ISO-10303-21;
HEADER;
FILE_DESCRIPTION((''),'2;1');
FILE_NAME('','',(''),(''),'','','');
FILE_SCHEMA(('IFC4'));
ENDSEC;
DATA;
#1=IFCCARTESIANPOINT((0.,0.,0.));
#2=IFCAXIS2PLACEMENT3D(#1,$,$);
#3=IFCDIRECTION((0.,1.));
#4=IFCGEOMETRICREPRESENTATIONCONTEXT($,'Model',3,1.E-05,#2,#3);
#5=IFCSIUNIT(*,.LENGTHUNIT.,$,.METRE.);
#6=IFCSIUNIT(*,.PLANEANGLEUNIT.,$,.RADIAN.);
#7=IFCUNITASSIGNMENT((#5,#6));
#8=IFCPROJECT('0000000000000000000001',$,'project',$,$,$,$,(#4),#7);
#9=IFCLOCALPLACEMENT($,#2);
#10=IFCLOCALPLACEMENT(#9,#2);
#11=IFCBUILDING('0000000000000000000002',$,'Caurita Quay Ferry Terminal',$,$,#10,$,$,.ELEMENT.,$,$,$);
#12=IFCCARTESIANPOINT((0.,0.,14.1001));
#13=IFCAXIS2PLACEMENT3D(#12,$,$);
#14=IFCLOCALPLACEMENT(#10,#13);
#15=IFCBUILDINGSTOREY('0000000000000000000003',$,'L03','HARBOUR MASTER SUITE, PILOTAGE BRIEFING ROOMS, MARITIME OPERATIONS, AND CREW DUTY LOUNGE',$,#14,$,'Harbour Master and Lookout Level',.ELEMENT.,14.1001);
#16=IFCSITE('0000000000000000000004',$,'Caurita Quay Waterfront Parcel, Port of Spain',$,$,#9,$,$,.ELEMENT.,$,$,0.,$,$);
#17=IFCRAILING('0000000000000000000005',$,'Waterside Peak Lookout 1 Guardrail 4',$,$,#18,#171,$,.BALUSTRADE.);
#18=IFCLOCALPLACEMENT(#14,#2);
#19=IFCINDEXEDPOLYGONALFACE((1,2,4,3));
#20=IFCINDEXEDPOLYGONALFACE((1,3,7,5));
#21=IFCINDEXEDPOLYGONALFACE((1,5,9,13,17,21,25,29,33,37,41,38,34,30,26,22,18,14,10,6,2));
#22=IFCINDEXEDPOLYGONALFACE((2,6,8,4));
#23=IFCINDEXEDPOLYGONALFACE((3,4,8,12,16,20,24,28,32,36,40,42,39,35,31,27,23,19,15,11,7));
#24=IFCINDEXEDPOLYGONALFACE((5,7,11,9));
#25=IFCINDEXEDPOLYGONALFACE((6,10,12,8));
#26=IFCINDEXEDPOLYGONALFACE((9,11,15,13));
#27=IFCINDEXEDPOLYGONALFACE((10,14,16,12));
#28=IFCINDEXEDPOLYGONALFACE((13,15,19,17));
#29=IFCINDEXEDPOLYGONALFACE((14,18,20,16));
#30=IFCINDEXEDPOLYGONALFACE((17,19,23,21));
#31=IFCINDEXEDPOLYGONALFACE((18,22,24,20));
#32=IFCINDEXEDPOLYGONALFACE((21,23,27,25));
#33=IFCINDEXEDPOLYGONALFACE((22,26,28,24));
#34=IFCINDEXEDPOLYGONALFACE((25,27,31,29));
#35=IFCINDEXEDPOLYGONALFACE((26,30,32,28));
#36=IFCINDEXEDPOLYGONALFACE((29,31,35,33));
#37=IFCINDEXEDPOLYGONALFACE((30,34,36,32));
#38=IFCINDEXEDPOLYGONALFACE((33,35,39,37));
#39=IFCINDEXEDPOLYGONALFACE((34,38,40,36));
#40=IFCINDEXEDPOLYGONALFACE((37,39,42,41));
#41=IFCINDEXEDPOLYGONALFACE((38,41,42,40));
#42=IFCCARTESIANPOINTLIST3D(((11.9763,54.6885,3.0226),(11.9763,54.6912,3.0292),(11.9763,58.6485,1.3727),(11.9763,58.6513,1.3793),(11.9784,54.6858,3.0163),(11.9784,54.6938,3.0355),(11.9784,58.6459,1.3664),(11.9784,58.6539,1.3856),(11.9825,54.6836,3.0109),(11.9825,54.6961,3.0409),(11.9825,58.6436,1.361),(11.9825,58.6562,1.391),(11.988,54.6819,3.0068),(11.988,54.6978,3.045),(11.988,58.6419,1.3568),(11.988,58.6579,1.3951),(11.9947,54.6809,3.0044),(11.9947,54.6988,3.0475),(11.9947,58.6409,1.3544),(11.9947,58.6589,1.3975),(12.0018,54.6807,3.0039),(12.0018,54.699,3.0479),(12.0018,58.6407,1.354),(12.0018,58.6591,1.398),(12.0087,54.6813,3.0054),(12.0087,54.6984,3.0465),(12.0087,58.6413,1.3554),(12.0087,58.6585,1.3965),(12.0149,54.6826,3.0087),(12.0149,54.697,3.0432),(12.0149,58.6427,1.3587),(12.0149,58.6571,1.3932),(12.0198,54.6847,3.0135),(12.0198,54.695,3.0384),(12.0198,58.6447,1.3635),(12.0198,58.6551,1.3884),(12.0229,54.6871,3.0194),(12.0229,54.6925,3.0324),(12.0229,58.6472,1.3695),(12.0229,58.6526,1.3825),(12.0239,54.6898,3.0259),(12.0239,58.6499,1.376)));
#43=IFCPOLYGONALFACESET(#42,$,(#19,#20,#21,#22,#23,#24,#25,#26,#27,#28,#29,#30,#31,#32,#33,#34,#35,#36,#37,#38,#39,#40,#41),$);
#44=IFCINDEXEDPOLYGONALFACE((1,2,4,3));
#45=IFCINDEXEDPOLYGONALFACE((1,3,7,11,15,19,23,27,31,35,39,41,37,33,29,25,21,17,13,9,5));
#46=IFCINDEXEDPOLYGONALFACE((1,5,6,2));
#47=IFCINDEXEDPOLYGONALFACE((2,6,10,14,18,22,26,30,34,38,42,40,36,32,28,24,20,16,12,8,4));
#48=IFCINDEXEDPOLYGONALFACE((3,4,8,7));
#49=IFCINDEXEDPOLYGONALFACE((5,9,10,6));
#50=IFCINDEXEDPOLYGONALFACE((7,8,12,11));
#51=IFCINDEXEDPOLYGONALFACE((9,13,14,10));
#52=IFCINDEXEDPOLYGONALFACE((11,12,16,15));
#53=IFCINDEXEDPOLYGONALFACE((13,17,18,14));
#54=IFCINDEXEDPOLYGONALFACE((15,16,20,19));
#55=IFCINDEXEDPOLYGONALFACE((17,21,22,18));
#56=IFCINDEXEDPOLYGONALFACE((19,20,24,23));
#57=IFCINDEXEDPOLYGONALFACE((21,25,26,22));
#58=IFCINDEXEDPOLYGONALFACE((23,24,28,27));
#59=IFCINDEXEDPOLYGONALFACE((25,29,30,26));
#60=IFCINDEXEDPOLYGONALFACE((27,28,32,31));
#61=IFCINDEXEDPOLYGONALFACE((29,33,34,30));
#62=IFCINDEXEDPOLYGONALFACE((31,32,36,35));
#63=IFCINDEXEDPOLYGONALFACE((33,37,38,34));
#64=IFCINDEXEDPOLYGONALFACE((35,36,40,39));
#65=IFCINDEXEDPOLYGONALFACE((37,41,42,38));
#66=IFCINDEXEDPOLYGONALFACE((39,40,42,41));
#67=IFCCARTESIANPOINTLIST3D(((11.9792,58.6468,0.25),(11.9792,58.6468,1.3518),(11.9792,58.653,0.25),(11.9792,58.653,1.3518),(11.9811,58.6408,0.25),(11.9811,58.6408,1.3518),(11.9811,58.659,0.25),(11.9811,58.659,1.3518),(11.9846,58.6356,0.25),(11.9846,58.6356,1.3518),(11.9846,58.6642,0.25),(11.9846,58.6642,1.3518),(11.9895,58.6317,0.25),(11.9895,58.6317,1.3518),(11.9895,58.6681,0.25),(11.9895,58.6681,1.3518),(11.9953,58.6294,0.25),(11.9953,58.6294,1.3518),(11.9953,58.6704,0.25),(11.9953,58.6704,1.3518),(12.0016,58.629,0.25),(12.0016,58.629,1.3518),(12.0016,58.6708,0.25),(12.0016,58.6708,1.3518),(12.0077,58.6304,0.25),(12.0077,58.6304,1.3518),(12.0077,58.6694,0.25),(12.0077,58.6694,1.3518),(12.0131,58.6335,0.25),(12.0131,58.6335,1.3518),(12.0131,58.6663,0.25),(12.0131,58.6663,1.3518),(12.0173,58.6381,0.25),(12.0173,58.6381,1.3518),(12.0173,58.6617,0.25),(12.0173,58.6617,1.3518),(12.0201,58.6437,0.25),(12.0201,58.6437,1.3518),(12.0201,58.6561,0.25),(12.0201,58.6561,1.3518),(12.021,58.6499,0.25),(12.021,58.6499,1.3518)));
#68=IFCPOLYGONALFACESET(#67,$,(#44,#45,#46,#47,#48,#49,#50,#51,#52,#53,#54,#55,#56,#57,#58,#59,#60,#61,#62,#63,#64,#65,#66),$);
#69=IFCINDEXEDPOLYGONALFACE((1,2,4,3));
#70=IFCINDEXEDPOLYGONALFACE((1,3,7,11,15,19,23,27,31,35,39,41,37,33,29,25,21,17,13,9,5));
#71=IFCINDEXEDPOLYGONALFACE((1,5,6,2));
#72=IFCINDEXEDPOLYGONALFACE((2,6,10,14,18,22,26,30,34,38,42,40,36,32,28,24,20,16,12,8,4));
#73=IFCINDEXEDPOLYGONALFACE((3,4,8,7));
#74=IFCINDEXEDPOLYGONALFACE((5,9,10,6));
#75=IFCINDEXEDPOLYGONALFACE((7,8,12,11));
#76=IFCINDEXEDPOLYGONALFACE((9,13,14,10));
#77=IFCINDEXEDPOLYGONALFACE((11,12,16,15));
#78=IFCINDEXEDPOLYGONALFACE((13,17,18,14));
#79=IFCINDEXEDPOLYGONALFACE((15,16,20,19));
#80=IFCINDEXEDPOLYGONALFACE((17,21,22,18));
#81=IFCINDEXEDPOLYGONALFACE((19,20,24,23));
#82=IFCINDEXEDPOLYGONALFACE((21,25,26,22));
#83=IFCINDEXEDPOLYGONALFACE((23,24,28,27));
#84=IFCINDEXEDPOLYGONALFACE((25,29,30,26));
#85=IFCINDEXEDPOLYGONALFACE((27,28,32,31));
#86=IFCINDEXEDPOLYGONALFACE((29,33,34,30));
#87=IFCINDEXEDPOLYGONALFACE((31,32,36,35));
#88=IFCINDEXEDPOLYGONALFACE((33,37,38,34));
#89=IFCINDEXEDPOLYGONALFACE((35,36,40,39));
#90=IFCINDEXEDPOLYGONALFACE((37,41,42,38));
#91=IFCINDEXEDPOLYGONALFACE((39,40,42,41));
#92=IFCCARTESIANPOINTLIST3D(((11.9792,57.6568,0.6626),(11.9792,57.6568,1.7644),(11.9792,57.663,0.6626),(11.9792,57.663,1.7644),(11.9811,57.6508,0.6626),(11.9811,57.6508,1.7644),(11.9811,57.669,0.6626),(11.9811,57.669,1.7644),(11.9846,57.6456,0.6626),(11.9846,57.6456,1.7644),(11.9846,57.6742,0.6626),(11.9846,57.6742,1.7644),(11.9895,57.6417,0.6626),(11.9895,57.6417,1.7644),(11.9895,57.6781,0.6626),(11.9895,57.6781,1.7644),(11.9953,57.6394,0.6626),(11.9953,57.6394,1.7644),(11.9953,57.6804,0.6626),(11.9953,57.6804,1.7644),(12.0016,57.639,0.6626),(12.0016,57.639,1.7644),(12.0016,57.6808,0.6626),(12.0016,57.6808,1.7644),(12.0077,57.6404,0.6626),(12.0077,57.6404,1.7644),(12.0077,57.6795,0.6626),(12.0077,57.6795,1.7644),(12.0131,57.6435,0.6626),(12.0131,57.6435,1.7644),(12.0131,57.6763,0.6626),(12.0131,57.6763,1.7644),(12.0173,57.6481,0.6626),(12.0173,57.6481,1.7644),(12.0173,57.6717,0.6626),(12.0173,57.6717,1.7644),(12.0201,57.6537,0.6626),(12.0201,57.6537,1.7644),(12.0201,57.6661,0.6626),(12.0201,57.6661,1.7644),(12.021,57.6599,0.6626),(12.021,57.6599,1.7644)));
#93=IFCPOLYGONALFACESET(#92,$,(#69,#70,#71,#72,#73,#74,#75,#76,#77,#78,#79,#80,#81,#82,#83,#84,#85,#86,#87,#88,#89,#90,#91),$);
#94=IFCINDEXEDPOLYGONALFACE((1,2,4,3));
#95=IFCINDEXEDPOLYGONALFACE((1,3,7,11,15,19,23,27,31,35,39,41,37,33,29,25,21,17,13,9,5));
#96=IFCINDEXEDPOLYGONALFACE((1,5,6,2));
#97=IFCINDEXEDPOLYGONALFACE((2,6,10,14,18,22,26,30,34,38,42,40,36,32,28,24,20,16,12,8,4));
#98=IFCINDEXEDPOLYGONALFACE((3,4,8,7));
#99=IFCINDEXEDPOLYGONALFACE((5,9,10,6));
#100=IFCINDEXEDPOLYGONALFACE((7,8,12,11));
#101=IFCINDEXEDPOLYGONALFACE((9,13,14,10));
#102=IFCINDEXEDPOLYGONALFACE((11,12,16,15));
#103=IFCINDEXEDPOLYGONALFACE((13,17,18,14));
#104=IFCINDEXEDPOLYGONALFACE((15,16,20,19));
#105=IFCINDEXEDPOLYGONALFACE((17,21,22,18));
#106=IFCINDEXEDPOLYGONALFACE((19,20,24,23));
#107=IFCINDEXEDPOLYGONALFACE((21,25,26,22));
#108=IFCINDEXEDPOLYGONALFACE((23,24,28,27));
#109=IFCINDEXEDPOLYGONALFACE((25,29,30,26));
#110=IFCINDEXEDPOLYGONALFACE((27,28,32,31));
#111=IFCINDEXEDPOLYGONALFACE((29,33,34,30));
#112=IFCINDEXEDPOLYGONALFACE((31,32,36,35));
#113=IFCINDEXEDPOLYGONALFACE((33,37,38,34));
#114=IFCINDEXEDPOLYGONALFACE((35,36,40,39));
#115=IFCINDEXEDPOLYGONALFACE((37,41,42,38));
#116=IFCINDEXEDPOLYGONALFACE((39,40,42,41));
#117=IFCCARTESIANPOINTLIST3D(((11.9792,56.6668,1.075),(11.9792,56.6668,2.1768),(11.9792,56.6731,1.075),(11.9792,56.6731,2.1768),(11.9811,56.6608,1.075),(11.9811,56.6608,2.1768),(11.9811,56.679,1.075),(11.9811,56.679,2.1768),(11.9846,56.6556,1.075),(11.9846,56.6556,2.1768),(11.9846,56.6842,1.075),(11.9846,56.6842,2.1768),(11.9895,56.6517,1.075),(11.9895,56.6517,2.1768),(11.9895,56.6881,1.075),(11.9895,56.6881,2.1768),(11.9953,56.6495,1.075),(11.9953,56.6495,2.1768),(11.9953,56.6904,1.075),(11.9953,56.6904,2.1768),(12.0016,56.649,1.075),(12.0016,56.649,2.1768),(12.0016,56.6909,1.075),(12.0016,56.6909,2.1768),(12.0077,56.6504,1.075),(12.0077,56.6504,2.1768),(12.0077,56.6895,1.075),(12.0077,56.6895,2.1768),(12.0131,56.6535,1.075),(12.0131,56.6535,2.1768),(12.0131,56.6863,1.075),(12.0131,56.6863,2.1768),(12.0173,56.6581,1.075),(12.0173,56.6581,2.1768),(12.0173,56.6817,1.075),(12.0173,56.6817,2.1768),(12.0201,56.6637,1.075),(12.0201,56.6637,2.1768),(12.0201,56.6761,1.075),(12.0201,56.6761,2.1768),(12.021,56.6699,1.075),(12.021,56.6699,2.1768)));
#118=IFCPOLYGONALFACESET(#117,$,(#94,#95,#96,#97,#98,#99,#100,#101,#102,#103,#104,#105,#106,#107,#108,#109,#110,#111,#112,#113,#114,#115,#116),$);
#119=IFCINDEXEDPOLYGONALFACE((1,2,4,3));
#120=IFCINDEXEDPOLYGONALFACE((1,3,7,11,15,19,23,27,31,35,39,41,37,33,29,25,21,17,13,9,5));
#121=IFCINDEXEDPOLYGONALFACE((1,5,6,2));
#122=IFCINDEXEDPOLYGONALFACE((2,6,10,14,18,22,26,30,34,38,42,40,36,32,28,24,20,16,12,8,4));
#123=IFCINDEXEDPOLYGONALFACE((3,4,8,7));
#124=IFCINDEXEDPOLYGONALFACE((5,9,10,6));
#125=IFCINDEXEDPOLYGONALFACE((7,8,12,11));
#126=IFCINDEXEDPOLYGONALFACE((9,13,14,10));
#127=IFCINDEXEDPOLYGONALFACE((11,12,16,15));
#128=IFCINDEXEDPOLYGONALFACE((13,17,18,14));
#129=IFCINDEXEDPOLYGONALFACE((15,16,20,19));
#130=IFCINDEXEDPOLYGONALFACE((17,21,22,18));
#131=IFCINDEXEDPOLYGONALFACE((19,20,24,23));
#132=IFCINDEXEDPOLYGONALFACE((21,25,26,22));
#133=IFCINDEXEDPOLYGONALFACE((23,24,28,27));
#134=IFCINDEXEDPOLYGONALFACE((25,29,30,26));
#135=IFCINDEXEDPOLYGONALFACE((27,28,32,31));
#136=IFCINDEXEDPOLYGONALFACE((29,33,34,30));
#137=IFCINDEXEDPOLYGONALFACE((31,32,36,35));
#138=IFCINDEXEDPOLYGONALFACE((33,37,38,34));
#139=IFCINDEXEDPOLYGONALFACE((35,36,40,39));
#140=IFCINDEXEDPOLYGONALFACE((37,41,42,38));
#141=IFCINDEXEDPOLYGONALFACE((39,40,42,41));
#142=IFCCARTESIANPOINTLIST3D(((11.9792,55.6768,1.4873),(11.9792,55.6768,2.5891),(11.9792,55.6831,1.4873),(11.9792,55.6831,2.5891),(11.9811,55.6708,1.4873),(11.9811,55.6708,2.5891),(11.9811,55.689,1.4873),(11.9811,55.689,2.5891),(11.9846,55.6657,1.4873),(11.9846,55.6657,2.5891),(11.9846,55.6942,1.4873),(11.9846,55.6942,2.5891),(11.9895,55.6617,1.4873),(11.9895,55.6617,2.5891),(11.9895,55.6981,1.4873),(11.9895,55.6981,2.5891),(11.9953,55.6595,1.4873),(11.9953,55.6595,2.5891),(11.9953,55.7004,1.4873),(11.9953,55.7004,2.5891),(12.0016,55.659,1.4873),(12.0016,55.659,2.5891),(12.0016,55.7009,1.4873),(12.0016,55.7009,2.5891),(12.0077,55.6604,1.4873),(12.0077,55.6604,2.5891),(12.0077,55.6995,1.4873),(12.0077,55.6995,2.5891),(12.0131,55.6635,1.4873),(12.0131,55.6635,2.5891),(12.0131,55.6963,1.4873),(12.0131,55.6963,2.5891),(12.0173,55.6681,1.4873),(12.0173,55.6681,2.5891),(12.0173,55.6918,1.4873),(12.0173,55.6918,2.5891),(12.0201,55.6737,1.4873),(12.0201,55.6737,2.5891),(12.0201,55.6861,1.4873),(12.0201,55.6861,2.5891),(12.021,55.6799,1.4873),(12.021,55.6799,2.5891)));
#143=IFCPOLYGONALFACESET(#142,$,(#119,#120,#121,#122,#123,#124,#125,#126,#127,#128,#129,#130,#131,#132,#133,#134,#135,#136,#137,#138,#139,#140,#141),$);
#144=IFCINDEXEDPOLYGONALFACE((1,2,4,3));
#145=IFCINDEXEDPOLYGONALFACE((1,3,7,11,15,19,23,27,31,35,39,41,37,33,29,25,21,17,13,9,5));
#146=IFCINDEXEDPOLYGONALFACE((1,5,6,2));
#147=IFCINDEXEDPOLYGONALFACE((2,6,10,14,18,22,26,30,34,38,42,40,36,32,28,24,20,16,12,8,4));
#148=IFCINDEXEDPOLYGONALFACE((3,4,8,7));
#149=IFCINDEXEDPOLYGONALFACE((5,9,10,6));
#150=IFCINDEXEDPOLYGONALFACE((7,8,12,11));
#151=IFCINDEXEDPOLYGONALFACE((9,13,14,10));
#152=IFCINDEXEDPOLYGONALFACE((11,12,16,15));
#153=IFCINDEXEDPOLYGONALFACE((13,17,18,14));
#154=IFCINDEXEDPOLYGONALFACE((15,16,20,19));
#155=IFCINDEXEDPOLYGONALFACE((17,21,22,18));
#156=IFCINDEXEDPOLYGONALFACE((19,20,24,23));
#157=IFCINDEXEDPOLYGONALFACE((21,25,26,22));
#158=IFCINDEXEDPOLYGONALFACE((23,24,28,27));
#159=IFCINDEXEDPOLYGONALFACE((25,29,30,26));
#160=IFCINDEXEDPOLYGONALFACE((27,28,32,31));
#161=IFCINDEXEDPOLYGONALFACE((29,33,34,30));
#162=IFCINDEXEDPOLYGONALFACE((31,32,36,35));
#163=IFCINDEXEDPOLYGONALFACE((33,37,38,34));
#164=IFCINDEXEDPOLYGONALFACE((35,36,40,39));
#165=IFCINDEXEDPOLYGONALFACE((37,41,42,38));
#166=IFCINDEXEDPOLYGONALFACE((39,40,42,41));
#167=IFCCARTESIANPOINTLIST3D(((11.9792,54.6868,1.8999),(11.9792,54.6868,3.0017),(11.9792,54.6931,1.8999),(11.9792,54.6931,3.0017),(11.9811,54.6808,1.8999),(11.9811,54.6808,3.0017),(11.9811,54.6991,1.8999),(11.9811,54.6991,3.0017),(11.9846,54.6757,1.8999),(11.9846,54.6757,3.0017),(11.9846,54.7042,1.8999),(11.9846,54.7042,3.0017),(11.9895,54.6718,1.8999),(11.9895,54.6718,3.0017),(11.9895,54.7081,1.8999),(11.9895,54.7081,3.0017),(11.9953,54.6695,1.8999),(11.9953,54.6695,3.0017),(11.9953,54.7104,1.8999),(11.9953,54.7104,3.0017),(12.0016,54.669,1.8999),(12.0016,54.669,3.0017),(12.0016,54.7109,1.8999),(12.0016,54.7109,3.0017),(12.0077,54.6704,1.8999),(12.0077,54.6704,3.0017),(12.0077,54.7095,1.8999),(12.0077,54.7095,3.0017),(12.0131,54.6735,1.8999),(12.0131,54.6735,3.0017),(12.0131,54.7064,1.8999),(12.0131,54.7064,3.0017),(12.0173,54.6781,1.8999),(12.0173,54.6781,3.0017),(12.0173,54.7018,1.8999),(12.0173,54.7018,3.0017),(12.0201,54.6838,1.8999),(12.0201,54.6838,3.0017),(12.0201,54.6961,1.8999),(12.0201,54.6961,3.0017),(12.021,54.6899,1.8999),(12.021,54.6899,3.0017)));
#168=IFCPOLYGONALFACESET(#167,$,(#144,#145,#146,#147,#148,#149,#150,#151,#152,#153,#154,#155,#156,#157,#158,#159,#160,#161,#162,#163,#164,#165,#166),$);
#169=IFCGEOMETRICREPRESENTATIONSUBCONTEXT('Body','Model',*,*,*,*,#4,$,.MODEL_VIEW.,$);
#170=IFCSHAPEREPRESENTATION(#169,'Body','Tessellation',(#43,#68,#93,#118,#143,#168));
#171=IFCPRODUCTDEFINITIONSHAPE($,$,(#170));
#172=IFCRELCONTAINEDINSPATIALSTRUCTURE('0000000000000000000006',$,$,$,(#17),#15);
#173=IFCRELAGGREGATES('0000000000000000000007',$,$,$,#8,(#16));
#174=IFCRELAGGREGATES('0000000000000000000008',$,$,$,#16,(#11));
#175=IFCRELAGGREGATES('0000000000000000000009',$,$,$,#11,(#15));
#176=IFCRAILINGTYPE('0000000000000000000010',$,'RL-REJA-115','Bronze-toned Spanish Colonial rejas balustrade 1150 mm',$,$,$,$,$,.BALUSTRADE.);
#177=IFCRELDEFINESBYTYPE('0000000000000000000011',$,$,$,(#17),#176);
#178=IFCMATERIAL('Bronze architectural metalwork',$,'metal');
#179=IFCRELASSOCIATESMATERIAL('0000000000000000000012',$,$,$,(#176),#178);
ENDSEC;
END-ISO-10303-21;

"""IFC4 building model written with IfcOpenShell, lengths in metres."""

from ifc_helpers import new_model, si_unit, direction, frame, origin, origin_2d, place, context, subcontext, project, spatial, circle, extrude, material, type_object, element, save


model = new_model("IFC4")

# Units and contexts
model_context = context("Model", 3, precision=1e-05, world=origin(), true_north=direction((0.0, 1.0)))
body_context = subcontext(model_context, "Body", "Model", "MODEL_VIEW")
ifc_project = project(units=[si_unit("LENGTHUNIT", "METRE"), si_unit("PLANEANGLEUNIT", "RADIAN")], contexts=[model_context])

# Site, building, storey
site_placement = place(None, origin())
site = spatial("IfcSite", under=ifc_project, at=site_placement, Name="Caurita Quay Waterfront Parcel, Port of Spain", CompositionType="ELEMENT", RefElevation=0.0)
building_placement = place(site_placement, origin())
building = spatial("IfcBuilding", under=site, at=building_placement, Name="Caurita Quay Ferry Terminal", CompositionType="ELEMENT")
storey_placement = place(building_placement, frame((0.0, 0.0, 14.1001)))
storey = spatial("IfcBuildingStorey", under=building, at=storey_placement, Name="L03", Description="HARBOUR MASTER SUITE, PILOTAGE BRIEFING ROOMS, MARITIME OPERATIONS, AND CREW DUTY LOUNGE", LongName="Harbour Master and Lookout Level", CompositionType="ELEMENT", Elevation=14.1001)

# Railing
ifc_material_1 = material(Name="Bronze architectural metalwork", Category="metal")
railing_type_1 = type_object("IfcRailingType", Name="RL-REJA-115", Description="Bronze-toned Spanish Colonial rejas balustrade 1150 mm", PredefinedType="BALUSTRADE", material=ifc_material_1)
for number, where, name in (
    (1, (12.0, 58.6499, 0.25), "Waterside Peak Lookout 1 Guardrail 4"),
):
    element("IfcRailing", number, at=place(storey_placement, frame(where)), inside=storey, type_object=railing_type_1, Name=name, PredefinedType="BALUSTRADE", context=body_context, shape_type="SweptSolid", body=[
        extrude(circle(Radius=0.0239, at=origin_2d()), frame((0.0, 0.0, 1.126), z_axis=(0.0, -0.923084, 0.384599), x_axis=(1.0, 0.0, 0.0)), (0.0, 0.0, 1.0), 4.29),
        extrude(circle(Radius=0.021, at=origin_2d()), origin(), (0.0, 0.0, 1.0), 1.1018),
        extrude(circle(Radius=0.021, at=origin_2d()), frame((0.0, -0.99, 0.4126)), (0.0, 0.0, 1.0), 1.1018),
        extrude(circle(Radius=0.021, at=origin_2d()), frame((0.0, -1.98, 0.825)), (0.0, 0.0, 1.0), 1.1018),
        extrude(circle(Radius=0.021, at=origin_2d()), frame((0.0, -2.97, 1.2373)), (0.0, 0.0, 1.0), 1.1018),
        extrude(circle(Radius=0.021, at=origin_2d()), frame((0.0, -3.96, 1.6499)), (0.0, 0.0, 1.0), 1.1018),
    ])

save(model, "model.ifc")
